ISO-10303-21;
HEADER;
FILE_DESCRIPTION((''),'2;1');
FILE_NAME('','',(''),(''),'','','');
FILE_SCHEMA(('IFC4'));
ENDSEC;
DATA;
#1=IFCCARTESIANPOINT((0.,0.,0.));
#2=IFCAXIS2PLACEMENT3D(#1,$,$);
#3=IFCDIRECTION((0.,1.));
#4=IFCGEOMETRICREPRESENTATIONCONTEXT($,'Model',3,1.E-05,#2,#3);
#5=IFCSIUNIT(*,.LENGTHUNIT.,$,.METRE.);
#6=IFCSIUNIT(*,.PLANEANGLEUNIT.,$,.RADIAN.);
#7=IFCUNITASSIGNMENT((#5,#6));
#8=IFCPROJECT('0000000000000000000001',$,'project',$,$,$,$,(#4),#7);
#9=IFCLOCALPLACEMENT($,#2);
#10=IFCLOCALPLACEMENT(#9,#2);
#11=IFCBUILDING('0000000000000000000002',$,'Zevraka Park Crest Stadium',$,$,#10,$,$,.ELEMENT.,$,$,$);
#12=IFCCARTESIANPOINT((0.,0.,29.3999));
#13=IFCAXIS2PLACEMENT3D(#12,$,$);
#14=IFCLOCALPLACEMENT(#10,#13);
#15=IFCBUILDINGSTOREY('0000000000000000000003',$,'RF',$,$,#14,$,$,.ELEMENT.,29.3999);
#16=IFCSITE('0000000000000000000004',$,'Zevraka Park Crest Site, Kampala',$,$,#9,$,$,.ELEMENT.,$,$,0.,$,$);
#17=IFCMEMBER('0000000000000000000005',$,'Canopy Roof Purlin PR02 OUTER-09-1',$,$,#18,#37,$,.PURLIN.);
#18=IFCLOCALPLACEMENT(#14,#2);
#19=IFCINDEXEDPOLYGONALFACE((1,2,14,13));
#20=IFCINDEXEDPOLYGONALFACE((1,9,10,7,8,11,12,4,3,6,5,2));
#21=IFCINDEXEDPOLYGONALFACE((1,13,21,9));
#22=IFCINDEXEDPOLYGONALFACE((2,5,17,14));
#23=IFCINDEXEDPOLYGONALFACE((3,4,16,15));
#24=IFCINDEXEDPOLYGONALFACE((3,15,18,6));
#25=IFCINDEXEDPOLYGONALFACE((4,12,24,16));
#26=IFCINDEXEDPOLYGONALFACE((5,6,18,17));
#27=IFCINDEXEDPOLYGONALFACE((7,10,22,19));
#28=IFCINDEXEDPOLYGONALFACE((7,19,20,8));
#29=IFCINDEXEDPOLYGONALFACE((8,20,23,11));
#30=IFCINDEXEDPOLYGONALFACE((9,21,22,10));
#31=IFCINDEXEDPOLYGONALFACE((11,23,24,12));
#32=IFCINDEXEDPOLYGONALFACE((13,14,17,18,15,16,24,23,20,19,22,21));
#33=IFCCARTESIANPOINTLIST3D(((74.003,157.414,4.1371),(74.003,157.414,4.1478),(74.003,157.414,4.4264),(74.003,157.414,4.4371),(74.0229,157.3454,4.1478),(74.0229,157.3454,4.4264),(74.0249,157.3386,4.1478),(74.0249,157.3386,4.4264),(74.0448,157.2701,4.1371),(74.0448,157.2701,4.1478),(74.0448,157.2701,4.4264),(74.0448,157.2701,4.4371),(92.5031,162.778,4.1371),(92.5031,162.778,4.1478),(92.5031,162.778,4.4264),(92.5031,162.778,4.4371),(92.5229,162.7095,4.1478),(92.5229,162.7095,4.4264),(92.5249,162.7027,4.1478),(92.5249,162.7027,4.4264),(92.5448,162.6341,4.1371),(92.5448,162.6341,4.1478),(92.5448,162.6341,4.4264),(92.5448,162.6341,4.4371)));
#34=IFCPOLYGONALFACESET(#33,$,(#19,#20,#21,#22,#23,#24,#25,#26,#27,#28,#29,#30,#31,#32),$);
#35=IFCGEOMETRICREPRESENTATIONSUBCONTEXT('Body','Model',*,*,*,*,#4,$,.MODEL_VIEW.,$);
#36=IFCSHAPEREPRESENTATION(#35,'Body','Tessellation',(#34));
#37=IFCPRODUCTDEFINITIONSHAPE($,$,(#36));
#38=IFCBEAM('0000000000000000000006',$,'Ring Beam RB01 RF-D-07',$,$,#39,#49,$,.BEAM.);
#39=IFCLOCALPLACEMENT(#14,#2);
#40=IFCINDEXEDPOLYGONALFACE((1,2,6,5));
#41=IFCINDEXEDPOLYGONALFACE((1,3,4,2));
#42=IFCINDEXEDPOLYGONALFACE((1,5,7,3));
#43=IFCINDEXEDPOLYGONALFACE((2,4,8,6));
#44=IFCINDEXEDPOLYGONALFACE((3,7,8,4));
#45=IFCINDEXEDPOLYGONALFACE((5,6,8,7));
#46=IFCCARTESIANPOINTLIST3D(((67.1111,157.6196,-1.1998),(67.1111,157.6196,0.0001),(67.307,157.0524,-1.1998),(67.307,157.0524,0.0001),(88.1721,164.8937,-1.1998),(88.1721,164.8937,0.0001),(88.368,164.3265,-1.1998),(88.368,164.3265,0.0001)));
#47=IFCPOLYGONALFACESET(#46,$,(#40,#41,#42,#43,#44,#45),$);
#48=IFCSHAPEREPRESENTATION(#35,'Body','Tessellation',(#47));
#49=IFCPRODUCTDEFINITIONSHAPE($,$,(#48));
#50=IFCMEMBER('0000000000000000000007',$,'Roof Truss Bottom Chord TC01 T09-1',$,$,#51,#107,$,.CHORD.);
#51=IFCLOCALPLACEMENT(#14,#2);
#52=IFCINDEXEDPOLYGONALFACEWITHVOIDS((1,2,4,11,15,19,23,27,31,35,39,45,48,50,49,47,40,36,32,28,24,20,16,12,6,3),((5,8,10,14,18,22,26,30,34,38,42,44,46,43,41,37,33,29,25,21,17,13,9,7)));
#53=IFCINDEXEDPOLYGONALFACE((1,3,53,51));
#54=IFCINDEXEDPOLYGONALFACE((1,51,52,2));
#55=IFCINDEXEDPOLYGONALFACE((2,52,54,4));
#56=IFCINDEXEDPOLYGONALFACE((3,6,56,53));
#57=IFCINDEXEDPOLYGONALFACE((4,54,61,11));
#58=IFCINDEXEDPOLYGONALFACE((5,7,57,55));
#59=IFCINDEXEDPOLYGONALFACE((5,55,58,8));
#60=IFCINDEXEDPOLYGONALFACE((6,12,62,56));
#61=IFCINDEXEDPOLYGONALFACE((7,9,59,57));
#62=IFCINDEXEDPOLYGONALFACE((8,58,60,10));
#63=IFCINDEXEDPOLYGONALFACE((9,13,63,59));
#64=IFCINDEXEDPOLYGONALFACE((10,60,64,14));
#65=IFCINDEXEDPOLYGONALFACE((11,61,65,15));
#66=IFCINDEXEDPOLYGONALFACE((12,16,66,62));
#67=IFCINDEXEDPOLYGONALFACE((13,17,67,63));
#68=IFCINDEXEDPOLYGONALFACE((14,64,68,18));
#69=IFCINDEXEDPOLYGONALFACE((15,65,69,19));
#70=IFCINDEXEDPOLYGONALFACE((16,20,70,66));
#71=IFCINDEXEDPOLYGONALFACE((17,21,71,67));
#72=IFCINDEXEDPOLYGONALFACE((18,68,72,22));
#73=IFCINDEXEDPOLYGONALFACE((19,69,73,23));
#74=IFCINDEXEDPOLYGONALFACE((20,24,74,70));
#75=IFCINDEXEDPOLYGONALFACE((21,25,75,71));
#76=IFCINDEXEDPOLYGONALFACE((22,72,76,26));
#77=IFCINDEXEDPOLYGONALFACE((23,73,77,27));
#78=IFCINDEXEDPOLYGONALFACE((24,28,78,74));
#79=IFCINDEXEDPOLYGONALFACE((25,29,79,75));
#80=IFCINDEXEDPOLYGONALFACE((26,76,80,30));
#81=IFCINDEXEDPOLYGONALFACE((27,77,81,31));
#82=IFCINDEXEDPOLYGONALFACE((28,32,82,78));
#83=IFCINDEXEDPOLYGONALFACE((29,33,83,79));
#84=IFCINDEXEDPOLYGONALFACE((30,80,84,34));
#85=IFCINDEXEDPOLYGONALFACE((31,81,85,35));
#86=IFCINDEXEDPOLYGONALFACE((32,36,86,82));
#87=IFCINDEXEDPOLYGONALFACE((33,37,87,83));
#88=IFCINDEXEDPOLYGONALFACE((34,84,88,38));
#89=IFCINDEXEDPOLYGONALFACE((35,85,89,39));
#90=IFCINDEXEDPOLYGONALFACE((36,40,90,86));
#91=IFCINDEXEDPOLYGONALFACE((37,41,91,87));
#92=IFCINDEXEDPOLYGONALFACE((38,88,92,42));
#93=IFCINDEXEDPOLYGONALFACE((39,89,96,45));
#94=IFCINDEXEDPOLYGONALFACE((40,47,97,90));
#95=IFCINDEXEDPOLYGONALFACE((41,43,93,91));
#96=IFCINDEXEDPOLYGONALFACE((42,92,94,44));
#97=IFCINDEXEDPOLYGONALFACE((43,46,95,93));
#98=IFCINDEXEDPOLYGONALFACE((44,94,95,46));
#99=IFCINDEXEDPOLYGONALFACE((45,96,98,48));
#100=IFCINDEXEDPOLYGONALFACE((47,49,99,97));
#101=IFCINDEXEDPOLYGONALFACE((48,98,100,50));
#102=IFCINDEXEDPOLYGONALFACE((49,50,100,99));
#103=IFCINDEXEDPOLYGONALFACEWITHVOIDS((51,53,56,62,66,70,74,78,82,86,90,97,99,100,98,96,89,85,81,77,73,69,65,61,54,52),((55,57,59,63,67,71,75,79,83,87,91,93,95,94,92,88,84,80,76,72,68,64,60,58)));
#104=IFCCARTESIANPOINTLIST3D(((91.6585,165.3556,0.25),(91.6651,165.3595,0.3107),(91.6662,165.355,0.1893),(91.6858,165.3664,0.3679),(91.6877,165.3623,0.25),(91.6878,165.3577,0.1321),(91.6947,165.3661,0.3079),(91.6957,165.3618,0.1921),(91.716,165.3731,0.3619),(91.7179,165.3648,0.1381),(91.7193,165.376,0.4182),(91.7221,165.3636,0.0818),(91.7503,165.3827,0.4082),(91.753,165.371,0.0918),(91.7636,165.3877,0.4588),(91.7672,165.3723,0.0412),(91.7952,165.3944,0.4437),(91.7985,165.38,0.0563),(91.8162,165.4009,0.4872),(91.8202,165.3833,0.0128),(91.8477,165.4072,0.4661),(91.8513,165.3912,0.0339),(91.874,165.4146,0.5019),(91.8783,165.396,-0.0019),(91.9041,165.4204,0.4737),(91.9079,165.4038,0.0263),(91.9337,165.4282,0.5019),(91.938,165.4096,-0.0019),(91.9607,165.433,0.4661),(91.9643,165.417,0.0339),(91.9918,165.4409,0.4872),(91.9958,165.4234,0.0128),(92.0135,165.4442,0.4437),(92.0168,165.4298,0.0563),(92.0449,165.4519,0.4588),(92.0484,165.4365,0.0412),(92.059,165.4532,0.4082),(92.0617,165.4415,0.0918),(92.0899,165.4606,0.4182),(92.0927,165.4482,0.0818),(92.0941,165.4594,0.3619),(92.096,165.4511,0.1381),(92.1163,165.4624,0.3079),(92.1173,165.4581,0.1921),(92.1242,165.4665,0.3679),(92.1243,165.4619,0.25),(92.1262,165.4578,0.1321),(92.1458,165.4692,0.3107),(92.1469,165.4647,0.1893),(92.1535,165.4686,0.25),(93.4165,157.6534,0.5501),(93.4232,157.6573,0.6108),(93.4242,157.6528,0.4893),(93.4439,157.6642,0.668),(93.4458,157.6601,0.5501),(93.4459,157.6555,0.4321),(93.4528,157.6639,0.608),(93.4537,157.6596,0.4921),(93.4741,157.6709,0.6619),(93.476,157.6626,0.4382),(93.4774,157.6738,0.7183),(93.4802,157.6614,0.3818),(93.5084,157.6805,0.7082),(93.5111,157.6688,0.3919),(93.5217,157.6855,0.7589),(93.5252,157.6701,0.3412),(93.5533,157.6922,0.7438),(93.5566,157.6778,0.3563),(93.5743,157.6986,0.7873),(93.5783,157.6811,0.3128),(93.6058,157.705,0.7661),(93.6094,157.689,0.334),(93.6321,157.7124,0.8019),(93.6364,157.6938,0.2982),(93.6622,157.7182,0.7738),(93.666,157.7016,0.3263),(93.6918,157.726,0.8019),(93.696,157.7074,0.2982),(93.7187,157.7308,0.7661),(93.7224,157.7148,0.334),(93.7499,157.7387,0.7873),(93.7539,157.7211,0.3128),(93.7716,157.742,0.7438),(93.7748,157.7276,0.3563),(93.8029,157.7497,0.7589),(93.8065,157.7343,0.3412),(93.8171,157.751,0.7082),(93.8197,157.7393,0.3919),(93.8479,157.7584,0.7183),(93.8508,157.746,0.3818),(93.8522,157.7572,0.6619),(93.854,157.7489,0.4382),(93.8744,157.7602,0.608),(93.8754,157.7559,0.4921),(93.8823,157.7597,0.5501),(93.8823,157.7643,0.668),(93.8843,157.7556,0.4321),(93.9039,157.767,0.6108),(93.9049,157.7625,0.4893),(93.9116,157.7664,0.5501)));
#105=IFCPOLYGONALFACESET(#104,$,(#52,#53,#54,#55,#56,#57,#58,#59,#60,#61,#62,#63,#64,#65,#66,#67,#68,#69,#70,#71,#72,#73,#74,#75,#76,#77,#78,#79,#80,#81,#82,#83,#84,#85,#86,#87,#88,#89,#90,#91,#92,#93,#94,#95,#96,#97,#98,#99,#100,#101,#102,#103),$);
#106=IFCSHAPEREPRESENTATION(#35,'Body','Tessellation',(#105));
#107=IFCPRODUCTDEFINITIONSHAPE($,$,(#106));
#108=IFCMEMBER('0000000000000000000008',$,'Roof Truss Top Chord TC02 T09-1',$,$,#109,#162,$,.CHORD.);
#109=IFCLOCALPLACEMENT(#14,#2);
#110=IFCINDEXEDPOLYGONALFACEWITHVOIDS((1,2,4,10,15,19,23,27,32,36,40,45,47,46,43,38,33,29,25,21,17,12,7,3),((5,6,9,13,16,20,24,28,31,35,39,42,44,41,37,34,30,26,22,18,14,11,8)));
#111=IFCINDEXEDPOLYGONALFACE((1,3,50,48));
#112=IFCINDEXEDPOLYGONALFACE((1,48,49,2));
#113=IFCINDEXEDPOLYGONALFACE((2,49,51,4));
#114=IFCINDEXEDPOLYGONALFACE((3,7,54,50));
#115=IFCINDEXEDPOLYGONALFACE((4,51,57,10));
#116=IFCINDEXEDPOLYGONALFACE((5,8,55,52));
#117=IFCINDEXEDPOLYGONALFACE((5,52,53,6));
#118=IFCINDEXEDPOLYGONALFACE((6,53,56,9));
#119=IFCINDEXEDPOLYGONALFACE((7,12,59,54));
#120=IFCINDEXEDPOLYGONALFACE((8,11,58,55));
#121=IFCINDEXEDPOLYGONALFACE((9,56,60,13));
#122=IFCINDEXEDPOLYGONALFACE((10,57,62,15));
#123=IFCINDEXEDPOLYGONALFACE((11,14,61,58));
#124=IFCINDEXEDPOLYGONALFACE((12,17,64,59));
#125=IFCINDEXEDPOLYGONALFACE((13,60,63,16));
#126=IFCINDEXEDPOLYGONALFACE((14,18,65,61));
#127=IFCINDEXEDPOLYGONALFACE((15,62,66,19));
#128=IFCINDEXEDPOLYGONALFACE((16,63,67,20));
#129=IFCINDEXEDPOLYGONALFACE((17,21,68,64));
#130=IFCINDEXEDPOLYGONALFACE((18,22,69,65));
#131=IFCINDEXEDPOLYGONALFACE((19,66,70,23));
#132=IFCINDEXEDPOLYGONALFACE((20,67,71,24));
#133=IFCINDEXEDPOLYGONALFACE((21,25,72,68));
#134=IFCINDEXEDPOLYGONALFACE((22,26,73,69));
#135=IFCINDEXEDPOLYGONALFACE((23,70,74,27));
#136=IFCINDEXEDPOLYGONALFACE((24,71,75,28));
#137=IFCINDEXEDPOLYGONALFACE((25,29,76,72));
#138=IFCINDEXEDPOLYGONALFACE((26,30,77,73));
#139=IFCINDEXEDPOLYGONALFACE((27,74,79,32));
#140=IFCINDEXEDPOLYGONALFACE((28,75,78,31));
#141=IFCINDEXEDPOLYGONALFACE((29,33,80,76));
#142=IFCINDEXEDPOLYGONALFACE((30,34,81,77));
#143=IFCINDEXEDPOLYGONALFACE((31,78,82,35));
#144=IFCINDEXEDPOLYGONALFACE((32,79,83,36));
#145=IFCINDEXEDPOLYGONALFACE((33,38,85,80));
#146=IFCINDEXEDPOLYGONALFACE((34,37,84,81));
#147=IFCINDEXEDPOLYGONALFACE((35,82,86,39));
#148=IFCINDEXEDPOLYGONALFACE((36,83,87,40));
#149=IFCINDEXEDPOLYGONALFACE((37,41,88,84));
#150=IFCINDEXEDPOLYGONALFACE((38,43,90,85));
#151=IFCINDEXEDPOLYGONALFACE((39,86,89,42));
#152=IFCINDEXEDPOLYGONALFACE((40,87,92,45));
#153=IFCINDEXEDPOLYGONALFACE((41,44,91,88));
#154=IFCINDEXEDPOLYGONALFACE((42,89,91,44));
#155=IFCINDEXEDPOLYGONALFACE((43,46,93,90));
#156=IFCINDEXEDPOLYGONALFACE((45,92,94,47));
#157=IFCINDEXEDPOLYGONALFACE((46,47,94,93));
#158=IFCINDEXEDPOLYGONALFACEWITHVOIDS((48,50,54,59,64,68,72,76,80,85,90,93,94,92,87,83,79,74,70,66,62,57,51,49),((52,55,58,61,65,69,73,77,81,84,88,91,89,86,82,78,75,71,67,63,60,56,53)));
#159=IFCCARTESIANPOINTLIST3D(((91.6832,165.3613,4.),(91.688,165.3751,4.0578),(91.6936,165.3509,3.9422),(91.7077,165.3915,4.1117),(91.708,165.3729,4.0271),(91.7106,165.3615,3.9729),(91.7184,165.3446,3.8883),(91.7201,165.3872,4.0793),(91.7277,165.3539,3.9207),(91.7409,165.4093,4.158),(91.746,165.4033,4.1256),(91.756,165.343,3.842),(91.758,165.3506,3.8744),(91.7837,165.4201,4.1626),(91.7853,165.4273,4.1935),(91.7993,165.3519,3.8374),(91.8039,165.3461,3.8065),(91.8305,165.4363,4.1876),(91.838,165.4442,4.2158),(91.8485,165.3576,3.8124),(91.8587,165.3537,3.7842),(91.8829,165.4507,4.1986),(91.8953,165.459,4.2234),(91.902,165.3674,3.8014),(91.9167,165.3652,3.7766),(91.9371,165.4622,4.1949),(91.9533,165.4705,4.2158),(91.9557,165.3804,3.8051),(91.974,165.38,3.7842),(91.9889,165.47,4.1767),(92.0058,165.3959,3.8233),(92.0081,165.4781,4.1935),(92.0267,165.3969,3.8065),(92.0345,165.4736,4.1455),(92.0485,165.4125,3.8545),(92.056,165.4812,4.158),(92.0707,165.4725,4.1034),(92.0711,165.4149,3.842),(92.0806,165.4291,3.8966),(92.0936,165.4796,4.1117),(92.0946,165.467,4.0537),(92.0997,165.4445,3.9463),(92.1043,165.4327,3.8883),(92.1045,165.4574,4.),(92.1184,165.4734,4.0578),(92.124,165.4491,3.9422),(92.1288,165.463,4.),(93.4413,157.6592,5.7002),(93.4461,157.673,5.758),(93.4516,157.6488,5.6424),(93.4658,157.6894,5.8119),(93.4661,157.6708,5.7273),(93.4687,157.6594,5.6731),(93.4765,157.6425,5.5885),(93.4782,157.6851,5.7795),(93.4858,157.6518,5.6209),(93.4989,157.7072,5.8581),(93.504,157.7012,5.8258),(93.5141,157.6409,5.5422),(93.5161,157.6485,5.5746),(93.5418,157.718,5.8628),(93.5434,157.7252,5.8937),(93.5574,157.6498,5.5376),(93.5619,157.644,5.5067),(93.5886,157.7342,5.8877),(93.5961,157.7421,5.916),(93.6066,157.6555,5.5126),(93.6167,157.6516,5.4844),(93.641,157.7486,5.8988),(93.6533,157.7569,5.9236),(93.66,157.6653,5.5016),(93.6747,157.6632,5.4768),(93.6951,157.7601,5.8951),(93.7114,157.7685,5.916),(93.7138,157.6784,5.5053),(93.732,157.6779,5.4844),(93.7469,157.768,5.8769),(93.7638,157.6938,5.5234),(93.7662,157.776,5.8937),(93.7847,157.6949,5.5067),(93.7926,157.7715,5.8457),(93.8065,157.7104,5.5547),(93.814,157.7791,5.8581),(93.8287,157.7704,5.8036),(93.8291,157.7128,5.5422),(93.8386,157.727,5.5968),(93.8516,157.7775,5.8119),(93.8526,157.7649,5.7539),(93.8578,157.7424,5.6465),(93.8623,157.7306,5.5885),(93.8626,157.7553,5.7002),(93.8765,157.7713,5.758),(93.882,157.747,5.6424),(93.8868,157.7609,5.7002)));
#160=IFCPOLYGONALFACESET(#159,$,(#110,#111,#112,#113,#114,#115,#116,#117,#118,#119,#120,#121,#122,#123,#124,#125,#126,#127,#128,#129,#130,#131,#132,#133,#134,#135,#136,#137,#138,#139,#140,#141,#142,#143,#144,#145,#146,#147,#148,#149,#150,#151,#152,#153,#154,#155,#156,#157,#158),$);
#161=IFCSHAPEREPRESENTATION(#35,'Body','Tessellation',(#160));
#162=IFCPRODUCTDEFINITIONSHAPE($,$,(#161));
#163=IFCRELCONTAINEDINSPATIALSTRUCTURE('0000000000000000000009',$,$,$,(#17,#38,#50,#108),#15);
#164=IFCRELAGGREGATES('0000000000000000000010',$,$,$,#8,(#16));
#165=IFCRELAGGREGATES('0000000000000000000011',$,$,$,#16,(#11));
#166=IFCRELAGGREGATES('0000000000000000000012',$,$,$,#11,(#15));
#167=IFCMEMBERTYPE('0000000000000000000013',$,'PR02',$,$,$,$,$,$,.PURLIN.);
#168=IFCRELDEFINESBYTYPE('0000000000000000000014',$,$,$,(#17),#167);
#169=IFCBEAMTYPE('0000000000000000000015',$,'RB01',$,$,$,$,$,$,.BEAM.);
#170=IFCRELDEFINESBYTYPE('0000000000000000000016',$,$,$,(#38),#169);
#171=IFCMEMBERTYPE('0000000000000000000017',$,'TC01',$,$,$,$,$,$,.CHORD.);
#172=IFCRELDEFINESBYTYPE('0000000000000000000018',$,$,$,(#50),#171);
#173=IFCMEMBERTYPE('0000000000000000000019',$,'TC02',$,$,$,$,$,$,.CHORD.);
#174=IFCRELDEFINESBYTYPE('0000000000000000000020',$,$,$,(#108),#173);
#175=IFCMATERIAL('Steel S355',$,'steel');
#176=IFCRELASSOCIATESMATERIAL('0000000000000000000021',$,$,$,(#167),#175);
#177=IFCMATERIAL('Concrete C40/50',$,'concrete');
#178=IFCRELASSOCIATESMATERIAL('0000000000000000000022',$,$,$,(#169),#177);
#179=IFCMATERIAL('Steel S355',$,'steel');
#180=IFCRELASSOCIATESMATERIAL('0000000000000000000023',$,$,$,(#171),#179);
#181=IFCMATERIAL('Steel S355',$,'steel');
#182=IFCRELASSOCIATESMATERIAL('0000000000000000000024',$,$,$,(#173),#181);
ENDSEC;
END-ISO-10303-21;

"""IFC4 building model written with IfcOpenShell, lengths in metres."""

from ifc_helpers import new_model, si_unit, direction, frame, origin, origin_2d, place, context, subcontext, project, spatial, rectangle, hollow_circle, i_section, extrude, material, material_profile, profile_set, type_object, element, save


model = new_model("IFC4")

# Units and contexts
model_context = context("Model", 3, precision=1e-05, world=origin(), true_north=direction((0.0, 1.0)))
body_context = subcontext(model_context, "Body", "Model", "MODEL_VIEW")
ifc_project = project(units=[si_unit("LENGTHUNIT", "METRE"), si_unit("PLANEANGLEUNIT", "RADIAN")], contexts=[model_context])

# Site, building, storey
site_placement = place(None, origin())
site = spatial("IfcSite", under=ifc_project, at=site_placement, Name="Zevraka Park Crest Site, Kampala", CompositionType="ELEMENT", RefElevation=0.0)
building_placement = place(site_placement, origin())
building = spatial("IfcBuilding", under=site, at=building_placement, Name="Zevraka Park Crest Stadium", CompositionType="ELEMENT")
storey_placement = place(building_placement, frame((0.0, 0.0, 29.3999)))
storey = spatial("IfcBuildingStorey", under=building, at=storey_placement, Name="RF", CompositionType="ELEMENT", Elevation=29.3999)

# Member
ifc_material_1 = material(Name="Steel S355", Category="steel")
ifc_material_profile_1 = material_profile(ifc_material_1, i_section(OverallWidth=0.1499, OverallDepth=0.3, WebThickness=0.0071, FlangeThickness=0.0107, at=origin_2d()), Name="IPE 300")
ifc_profile_set_1 = profile_set([ifc_material_profile_1], Name="Steel S355")
member_type_1 = type_object("IfcMemberType", Name="PR02", PredefinedType="PURLIN", material=ifc_profile_set_1)
member_1_placement = place(storey_placement, frame((92.5239, 162.7061, 4.2871), z_axis=(-0.960443, -0.278477, 0.0), x_axis=(0.278477, -0.960443, 0.0)))
element("IfcMember", 1, at=member_1_placement, inside=storey, type_object=member_type_1, Name="Canopy Roof Purlin PR02 OUTER-09-1", PredefinedType="PURLIN", context=body_context, shape_type="SweptSolid", body=[
    extrude(i_section(OverallWidth=0.1499, OverallDepth=0.3, WebThickness=0.0071, FlangeThickness=0.0107, at=origin_2d()), origin(), (0.0, 0.0, 1.0), 19.262),
])

# Beam
ifc_material_2 = material(Name="Concrete C40/50", Category="concrete")
ifc_material_profile_2 = material_profile(ifc_material_2, rectangle(XDim=0.6001, YDim=1.2, at=origin_2d()), Name="RC 1200x600")
ifc_profile_set_2 = profile_set([ifc_material_profile_2], Name="Concrete C40/50")
beam_type = type_object("IfcBeamType", Name="RB01", PredefinedType="BEAM", material=ifc_profile_set_2)
beam_placement = place(storey_placement, frame((88.27, 164.6101, -0.5999), z_axis=(-0.94521, -0.326462, 0.0), x_axis=(0.326462, -0.94521, 0.0)))
element("IfcBeam", 2, at=beam_placement, inside=storey, type_object=beam_type, Name="Ring Beam RB01 RF-D-07", PredefinedType="BEAM", context=body_context, shape_type="SweptSolid", body=[
    extrude(rectangle(XDim=0.6001, YDim=1.2, at=origin_2d()), origin(), (0.0, 0.0, 1.0), 22.2817),
])

# Members
ifc_material_3 = material(Name="Steel S355", Category="steel")
ifc_material_profile_3 = material_profile(ifc_material_3, hollow_circle(Radius=0.2539, WallThickness=0.03, at=origin_2d()), Name="CHS 508.0x30")
ifc_profile_set_3 = profile_set([ifc_material_profile_3], Name="Steel S355")
member_type_2 = type_object("IfcMemberType", Name="TC01", PredefinedType="CHORD", material=ifc_profile_set_3)
member_2_placement = place(storey_placement, frame((91.906, 165.4121, 0.25), z_axis=(0.222372, -0.974223, 0.037952), x_axis=(0.974925, 0.222532, 0.0)))
element("IfcMember", 3, at=member_2_placement, inside=storey, type_object=member_type_2, Name="Roof Truss Bottom Chord TC01 T09-1", PredefinedType="CHORD", context=body_context, shape_type="SweptSolid", body=[
    extrude(hollow_circle(Radius=0.2539, WallThickness=0.03, at=origin_2d()), origin(), (0.0, 0.0, 1.0), 7.906),
])
ifc_material_4 = material(Name="Steel S355", Category="steel")
ifc_material_profile_4 = material_profile(ifc_material_4, hollow_circle(Radius=0.2285, WallThickness=0.0249, at=origin_2d()), Name="CHS 457.0x25")
ifc_profile_set_4 = profile_set([ifc_material_profile_4], Name="Steel S355")
member_type_3 = type_object("IfcMemberType", Name="TC02", PredefinedType="CHORD", material=ifc_profile_set_4)
member_3_placement = place(storey_placement, frame((91.906, 165.4121, 4.0), z_axis=(0.217551, -0.953104, 0.210391), x_axis=(0.974925, 0.222532, 0.0)))
element("IfcMember", 4, at=member_3_placement, inside=storey, type_object=member_type_3, Name="Roof Truss Top Chord TC02 T09-1", PredefinedType="CHORD", context=body_context, shape_type="SweptSolid", body=[
    extrude(hollow_circle(Radius=0.2285, WallThickness=0.0249, at=origin_2d()), origin(), (0.0, 0.0, 1.0), 8.0811),
])

save(model, "model.ifc")
